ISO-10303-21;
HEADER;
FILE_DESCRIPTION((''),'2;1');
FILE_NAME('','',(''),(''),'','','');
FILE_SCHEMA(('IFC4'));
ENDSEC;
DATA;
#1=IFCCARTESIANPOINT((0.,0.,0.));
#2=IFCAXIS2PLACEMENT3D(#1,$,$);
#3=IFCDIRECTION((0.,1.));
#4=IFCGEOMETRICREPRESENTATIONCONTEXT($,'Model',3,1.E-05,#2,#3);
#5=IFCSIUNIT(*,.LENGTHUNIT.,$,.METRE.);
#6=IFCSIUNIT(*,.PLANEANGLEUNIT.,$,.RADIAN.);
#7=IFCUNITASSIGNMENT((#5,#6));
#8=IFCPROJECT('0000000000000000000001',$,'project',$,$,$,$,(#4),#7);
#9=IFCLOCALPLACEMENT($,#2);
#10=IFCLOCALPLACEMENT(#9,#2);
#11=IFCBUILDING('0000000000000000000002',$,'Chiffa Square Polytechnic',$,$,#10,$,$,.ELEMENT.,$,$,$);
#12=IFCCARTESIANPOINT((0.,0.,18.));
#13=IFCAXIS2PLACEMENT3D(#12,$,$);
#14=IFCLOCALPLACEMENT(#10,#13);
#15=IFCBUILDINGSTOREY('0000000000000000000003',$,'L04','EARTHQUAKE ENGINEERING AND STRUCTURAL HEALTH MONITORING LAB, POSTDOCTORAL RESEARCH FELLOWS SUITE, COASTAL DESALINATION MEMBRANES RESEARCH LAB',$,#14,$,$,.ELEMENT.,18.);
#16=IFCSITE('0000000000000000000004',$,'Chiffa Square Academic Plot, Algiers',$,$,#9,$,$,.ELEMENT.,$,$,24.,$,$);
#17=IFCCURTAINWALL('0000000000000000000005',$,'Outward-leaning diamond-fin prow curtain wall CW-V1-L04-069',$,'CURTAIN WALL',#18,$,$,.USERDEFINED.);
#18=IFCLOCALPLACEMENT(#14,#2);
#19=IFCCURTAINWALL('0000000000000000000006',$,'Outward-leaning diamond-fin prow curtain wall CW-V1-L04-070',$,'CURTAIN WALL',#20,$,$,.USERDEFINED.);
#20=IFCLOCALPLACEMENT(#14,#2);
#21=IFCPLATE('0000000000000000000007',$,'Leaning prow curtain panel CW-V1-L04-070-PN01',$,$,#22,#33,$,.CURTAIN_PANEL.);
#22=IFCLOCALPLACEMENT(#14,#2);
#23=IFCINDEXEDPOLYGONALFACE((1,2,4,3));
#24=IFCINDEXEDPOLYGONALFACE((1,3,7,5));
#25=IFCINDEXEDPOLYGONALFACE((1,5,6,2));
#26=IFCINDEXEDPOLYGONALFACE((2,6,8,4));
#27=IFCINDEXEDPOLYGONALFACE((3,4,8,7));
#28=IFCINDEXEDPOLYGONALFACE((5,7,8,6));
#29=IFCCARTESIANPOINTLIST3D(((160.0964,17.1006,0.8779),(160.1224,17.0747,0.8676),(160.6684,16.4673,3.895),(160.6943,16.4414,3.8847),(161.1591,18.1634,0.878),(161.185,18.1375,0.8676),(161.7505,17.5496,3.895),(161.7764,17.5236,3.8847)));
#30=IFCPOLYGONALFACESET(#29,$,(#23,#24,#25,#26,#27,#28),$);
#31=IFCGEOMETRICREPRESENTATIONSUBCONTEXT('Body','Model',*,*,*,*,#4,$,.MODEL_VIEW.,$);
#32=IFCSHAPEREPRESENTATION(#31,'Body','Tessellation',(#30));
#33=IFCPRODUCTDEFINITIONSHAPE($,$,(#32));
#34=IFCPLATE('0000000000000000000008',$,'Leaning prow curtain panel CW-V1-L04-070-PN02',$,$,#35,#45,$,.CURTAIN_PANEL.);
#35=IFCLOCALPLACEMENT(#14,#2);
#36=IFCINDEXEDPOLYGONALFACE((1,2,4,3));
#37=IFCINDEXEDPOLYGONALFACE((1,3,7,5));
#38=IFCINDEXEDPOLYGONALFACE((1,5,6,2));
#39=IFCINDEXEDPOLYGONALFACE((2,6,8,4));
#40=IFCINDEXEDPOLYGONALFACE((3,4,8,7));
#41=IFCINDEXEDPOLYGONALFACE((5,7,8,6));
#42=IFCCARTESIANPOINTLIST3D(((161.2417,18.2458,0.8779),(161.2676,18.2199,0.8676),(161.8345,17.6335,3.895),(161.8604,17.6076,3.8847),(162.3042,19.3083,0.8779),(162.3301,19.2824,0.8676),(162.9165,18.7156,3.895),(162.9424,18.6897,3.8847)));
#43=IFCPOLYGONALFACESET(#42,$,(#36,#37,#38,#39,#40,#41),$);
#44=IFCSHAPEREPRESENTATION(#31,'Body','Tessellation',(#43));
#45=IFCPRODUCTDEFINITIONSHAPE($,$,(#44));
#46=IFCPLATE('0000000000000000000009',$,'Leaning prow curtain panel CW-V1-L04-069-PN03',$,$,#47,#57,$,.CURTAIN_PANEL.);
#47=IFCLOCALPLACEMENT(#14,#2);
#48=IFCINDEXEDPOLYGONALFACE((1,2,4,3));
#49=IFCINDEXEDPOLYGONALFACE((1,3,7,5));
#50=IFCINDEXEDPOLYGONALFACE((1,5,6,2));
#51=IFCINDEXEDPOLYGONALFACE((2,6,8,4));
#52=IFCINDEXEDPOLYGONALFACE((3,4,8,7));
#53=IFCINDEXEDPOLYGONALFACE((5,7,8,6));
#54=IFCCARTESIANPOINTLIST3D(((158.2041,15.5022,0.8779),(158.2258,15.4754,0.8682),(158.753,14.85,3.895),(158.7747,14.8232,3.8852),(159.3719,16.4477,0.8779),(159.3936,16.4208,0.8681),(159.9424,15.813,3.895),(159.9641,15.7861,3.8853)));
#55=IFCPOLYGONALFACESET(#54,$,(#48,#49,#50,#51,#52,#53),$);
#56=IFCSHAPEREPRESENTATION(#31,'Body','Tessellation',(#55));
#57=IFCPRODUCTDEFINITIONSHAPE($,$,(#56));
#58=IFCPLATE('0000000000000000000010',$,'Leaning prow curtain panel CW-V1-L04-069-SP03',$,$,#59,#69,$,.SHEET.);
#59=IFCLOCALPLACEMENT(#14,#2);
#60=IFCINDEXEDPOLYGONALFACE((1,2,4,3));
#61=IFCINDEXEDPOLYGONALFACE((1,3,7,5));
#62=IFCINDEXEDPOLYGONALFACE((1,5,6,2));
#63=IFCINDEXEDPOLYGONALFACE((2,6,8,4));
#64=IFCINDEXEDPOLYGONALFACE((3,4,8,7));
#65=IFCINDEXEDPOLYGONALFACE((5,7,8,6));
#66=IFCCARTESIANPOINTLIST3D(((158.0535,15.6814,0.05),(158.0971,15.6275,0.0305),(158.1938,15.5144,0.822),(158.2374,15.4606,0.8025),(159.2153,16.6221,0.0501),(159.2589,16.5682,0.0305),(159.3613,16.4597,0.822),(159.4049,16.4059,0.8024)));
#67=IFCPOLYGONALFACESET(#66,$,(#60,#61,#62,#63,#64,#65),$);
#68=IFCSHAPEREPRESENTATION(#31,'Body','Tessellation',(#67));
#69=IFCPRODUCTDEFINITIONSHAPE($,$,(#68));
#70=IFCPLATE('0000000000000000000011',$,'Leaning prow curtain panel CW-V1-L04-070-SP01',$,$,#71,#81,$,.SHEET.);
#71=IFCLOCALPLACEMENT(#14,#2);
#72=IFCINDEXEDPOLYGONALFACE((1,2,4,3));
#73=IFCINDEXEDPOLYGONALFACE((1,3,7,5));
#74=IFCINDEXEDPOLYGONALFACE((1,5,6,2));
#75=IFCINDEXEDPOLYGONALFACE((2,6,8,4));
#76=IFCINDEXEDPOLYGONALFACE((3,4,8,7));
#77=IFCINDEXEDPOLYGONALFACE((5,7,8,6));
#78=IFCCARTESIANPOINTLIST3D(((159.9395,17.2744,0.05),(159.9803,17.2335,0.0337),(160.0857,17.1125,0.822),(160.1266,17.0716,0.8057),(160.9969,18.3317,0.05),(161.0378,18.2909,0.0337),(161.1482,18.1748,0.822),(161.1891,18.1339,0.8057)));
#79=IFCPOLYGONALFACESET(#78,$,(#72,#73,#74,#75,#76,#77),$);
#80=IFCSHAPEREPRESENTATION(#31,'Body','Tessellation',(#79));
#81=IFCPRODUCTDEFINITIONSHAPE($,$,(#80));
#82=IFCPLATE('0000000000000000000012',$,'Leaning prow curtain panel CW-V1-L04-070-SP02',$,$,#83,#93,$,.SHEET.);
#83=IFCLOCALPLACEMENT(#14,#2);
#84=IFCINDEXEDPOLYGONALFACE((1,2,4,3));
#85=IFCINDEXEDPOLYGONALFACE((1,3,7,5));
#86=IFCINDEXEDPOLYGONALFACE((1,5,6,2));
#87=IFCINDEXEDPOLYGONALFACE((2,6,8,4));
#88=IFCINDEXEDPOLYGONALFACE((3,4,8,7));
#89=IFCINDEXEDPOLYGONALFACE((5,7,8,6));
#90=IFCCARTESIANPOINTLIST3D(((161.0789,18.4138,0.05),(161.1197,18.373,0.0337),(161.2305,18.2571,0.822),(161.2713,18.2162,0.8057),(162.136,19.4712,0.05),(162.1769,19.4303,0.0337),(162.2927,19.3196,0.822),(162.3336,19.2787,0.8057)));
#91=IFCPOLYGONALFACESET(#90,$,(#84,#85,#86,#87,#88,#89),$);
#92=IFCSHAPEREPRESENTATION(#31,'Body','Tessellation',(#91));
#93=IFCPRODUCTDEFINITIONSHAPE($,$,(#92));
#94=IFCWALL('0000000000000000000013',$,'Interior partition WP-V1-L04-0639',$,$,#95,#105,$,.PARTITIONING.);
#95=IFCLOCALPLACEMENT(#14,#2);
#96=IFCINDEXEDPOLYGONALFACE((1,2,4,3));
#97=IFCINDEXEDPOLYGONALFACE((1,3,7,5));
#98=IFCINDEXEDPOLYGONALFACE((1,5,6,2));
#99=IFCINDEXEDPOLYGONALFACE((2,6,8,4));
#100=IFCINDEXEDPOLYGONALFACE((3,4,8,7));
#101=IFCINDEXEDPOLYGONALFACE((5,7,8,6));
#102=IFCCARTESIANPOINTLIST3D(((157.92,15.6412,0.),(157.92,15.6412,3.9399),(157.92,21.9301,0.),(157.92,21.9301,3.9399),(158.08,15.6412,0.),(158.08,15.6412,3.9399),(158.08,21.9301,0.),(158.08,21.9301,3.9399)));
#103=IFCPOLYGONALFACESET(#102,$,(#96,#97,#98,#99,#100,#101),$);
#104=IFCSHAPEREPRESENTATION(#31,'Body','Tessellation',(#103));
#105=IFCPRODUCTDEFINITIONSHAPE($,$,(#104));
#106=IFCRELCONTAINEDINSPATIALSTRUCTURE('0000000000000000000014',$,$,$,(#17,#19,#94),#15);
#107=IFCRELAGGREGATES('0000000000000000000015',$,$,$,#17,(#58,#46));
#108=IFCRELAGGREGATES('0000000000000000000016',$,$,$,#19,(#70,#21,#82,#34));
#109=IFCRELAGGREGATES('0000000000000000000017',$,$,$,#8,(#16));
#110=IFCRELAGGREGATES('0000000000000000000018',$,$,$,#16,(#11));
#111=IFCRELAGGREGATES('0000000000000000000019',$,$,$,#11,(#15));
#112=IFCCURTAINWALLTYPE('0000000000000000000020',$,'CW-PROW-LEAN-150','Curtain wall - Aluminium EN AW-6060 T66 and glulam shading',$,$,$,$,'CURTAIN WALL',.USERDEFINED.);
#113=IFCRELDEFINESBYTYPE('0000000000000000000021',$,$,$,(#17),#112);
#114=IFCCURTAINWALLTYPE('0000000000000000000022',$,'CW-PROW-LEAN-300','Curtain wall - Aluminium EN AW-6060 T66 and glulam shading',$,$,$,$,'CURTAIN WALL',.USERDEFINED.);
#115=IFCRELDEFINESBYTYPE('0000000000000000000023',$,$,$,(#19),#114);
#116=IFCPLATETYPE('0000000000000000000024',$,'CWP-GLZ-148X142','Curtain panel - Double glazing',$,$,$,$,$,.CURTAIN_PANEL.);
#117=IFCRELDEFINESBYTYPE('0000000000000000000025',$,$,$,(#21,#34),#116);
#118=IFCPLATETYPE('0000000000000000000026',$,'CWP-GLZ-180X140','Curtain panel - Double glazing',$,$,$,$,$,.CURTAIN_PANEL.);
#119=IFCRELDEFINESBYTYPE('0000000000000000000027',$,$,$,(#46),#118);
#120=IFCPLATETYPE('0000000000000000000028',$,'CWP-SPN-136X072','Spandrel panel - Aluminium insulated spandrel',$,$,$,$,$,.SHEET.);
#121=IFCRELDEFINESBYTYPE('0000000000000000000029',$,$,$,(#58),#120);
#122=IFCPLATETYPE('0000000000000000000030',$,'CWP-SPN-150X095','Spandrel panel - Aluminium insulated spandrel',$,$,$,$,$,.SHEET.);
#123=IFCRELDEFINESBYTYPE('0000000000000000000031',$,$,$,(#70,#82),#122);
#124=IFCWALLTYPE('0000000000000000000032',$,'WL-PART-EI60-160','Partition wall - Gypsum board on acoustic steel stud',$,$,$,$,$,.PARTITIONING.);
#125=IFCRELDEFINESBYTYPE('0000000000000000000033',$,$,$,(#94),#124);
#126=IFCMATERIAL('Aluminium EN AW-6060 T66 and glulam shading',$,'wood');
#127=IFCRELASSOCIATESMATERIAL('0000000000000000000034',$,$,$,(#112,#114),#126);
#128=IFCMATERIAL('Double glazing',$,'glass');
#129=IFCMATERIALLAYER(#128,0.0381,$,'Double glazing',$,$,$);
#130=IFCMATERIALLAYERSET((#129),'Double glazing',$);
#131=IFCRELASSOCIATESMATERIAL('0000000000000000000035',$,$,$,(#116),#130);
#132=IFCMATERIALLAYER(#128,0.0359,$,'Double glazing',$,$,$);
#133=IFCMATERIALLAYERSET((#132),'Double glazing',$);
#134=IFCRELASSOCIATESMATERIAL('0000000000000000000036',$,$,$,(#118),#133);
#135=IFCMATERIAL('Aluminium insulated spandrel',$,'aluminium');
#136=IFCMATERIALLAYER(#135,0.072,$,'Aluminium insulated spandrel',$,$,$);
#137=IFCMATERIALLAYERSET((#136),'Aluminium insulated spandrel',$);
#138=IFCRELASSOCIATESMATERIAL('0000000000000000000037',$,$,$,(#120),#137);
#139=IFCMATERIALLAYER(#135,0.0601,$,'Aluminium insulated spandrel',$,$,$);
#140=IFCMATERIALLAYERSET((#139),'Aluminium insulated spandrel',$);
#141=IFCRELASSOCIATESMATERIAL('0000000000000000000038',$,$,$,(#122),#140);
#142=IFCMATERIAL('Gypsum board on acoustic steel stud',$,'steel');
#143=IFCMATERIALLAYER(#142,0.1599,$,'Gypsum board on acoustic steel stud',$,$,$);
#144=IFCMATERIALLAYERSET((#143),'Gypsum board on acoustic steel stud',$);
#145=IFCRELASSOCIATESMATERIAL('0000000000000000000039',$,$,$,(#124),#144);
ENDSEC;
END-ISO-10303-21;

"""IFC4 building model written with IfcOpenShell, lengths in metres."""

from ifc_helpers import new_model, si_unit, direction, frame, frame_2d, origin, place, context, subcontext, project, spatial, polyline, rectangle, outline, extrude, material, layer, layer_set, type_object, element, aggregate, save


model = new_model("IFC4")

# Units and contexts
model_context = context("Model", 3, precision=1e-05, world=origin(), true_north=direction((0.0, 1.0)))
body_context = subcontext(model_context, "Body", "Model", "MODEL_VIEW")
ifc_project = project(units=[si_unit("LENGTHUNIT", "METRE"), si_unit("PLANEANGLEUNIT", "RADIAN")], contexts=[model_context])

# Site, building, storey
site_placement = place(None, origin())
site = spatial("IfcSite", under=ifc_project, at=site_placement, Name="Chiffa Square Academic Plot, Algiers", CompositionType="ELEMENT", RefElevation=24.0)
building_placement = place(site_placement, origin())
building = spatial("IfcBuilding", under=site, at=building_placement, Name="Chiffa Square Polytechnic", CompositionType="ELEMENT")
storey_placement = place(building_placement, frame((0.0, 0.0, 18.0)))
storey = spatial("IfcBuildingStorey", under=building, at=storey_placement, Name="L04", Description="EARTHQUAKE ENGINEERING AND STRUCTURAL HEALTH MONITORING LAB, POSTDOCTORAL RESEARCH FELLOWS SUITE, COASTAL DESALINATION MEMBRANES RESEARCH LAB", CompositionType="ELEMENT", Elevation=18.0)

# Curtain walls
ifc_material_1 = material(Name="Aluminium EN AW-6060 T66 and glulam shading", Category="wood")
curtain_wall_type_1 = type_object("IfcCurtainWallType", Name="CW-PROW-LEAN-150", Description="Curtain wall - Aluminium EN AW-6060 T66 and glulam shading", ElementType="CURTAIN WALL", PredefinedType="USERDEFINED", material=ifc_material_1)
curtain_wall_1_placement = place(storey_placement, origin())
curtain_wall_1 = element("IfcCurtainWall", 1, at=curtain_wall_1_placement, inside=storey, type_object=curtain_wall_type_1, Name="Outward-leaning diamond-fin prow curtain wall CW-V1-L04-069", ObjectType="CURTAIN WALL", PredefinedType="USERDEFINED")
curtain_wall_type_2 = type_object("IfcCurtainWallType", Name="CW-PROW-LEAN-300", Description="Curtain wall - Aluminium EN AW-6060 T66 and glulam shading", ElementType="CURTAIN WALL", PredefinedType="USERDEFINED", material=ifc_material_1)
curtain_wall_2_placement = place(storey_placement, origin())
curtain_wall_2 = element("IfcCurtainWall", 2, at=curtain_wall_2_placement, inside=storey, type_object=curtain_wall_type_2, Name="Outward-leaning diamond-fin prow curtain wall CW-V1-L04-070", ObjectType="CURTAIN WALL", PredefinedType="USERDEFINED")

# Plates
ifc_material_2 = material(Name="Double glazing", Category="glass")
ifc_layer_1 = layer(ifc_material_2, 0.0381, Name="Double glazing")
ifc_layer_set_1 = layer_set([ifc_layer_1], Name="Double glazing")
plate_type_1 = type_object("IfcPlateType", Name="CWP-GLZ-148X142", Description="Curtain panel - Double glazing", PredefinedType="CURTAIN_PANEL", material=ifc_layer_set_1)
plate_1_placement = place(storey_placement, frame((160.0964, 17.1006, 0.8779), z_axis=(-0.680521, 0.680443, 0.271823), x_axis=(0.70707, 0.707144, 0.000015)))
plate_1 = element("IfcPlate", 3, at=plate_1_placement, type_object=plate_type_1, Name="Leaning prow curtain panel CW-V1-L04-070-PN01", PredefinedType="CURTAIN_PANEL", context=body_context, shape_type="SweptSolid", body=[
    extrude(outline(polyline([(0.0, 0.0), (1.5029, 0.0), (1.4871, -3.1351), (-0.0433, -3.1352), (0.0, 0.0)])), origin(), (0.0, 0.0, -1.0), 0.0381),
])
plate_2_placement = place(storey_placement, frame((161.2417, 18.2458, 0.8779), z_axis=(-0.680487, 0.680487, 0.271798), x_axis=(0.707107, 0.707107, 0.0)))
plate_2 = element("IfcPlate", 4, at=plate_2_placement, type_object=plate_type_1, Name="Leaning prow curtain panel CW-V1-L04-070-PN02", PredefinedType="CURTAIN_PANEL", context=body_context, shape_type="SweptSolid", body=[
    extrude(outline(polyline([(0.0, 0.0), (1.5026, 0.0), (1.5164, -3.1351), (-0.0138, -3.1351), (0.0, 0.0)])), origin(), (0.0, 0.0, -1.0), 0.0381),
])
ifc_layer_2 = layer(ifc_material_2, 0.0359, Name="Double glazing")
ifc_layer_set_2 = layer_set([ifc_layer_2], Name="Double glazing")
plate_type_2 = type_object("IfcPlateType", Name="CWP-GLZ-180X140", Description="Curtain panel - Double glazing", PredefinedType="CURTAIN_PANEL", material=ifc_layer_set_2)
plate_3_placement = place(storey_placement, frame((158.2041, 15.5022, 0.8779), z_axis=(-0.605553, 0.747936, 0.271841), x_axis=(0.777201, 0.629253, -0.000017)))
plate_3 = element("IfcPlate", 5, at=plate_3_placement, type_object=plate_type_2, Name="Leaning prow curtain panel CW-V1-L04-069-PN03", PredefinedType="CURTAIN_PANEL", context=body_context, shape_type="SweptSolid", body=[
    extrude(outline(polyline([(0.0, 0.0), (1.5026, 0.0), (1.5465, -3.1352), (0.0162, -3.1351), (0.0, 0.0)])), origin(), (0.0, 0.0, -1.0), 0.0359),
])
ifc_material_3 = material(Name="Aluminium insulated spandrel", Category="aluminium")
ifc_layer_3 = layer(ifc_material_3, 0.072, Name="Aluminium insulated spandrel")
ifc_layer_set_3 = layer_set([ifc_layer_3], Name="Aluminium insulated spandrel")
plate_type_3 = type_object("IfcPlateType", Name="CWP-SPN-136X072", Description="Spandrel panel - Aluminium insulated spandrel", PredefinedType="SHEET", material=ifc_layer_set_3)
plate_4_placement = place(storey_placement, frame((158.0535, 15.6814, 0.05), z_axis=(-0.605563, 0.747919, 0.271864), x_axis=(0.777193, 0.629262, 0.000006)))
plate_4 = element("IfcPlate", 6, at=plate_4_placement, type_object=plate_type_3, Name="Leaning prow curtain panel CW-V1-L04-069-SP03", PredefinedType="SHEET", context=body_context, shape_type="SweptSolid", body=[
    extrude(outline(polyline([(0.0, 0.0), (1.4949, 0.0), (1.5062, -0.8022), (0.004, -0.8022), (0.0, 0.0)])), origin(), (0.0, 0.0, -1.0), 0.072),
])
aggregate(curtain_wall_1, [plate_4, plate_3])
ifc_layer_4 = layer(ifc_material_3, 0.0601, Name="Aluminium insulated spandrel")
ifc_layer_set_4 = layer_set([ifc_layer_4], Name="Aluminium insulated spandrel")
plate_type_4 = type_object("IfcPlateType", Name="CWP-SPN-150X095", Description="Spandrel panel - Aluminium insulated spandrel", PredefinedType="SHEET", material=ifc_layer_set_4)
plate_5_placement = place(storey_placement, frame((159.9395, 17.2744, 0.05), z_axis=(-0.680466, 0.680544, 0.271708), x_axis=(0.707144, 0.707069, -0.000015)))
plate_5 = element("IfcPlate", 7, at=plate_5_placement, type_object=plate_type_4, Name="Leaning prow curtain panel CW-V1-L04-070-SP01", PredefinedType="SHEET", context=body_context, shape_type="SweptSolid", body=[
    extrude(outline(polyline([(0.0, 0.0), (1.4954, 0.0), (1.4914, -0.8022), (-0.011, -0.8021), (0.0, 0.0)])), origin(), (0.0, 0.0, -1.0), 0.0601),
])
plate_6_placement = place(storey_placement, frame((161.0789, 18.4138, 0.05), z_axis=(-0.680564, 0.680407, 0.271807), x_axis=(0.707025, 0.707188, 0.0)))
plate_6 = element("IfcPlate", 8, at=plate_6_placement, type_object=plate_type_4, Name="Leaning prow curtain panel CW-V1-L04-070-SP02", PredefinedType="SHEET", context=body_context, shape_type="SweptSolid", body=[
    extrude(outline(polyline([(0.0, 0.0), (1.4952, 0.0), (1.4988, -0.8022), (-0.0037, -0.8022), (0.0, 0.0)])), origin(), (0.0, 0.0, -1.0), 0.0601),
])
aggregate(curtain_wall_2, [plate_5, plate_1, plate_6, plate_2])

# Wall
ifc_material_4 = material(Name="Gypsum board on acoustic steel stud", Category="steel")
ifc_layer_5 = layer(ifc_material_4, 0.1599, Name="Gypsum board on acoustic steel stud")
ifc_layer_set_5 = layer_set([ifc_layer_5], Name="Gypsum board on acoustic steel stud")
wall_type = type_object("IfcWallType", Name="WL-PART-EI60-160", Description="Partition wall - Gypsum board on acoustic steel stud", PredefinedType="PARTITIONING", material=ifc_layer_set_5)
wall_placement = place(storey_placement, frame((158.0, 15.6411, 0.0), z_axis=(0.0, 0.0, 1.0), x_axis=(0.0, 1.0, 0.0)))
element("IfcWall", 9, at=wall_placement, inside=storey, type_object=wall_type, Name="Interior partition WP-V1-L04-0639", PredefinedType="PARTITIONING", context=body_context, shape_type="SweptSolid", body=[
    extrude(rectangle(XDim=6.2888, YDim=0.1599, at=frame_2d((3.1445, 0.0))), origin(), (0.0, 0.0, 1.0), 3.9399),
])

save(model, "model.ifc")
